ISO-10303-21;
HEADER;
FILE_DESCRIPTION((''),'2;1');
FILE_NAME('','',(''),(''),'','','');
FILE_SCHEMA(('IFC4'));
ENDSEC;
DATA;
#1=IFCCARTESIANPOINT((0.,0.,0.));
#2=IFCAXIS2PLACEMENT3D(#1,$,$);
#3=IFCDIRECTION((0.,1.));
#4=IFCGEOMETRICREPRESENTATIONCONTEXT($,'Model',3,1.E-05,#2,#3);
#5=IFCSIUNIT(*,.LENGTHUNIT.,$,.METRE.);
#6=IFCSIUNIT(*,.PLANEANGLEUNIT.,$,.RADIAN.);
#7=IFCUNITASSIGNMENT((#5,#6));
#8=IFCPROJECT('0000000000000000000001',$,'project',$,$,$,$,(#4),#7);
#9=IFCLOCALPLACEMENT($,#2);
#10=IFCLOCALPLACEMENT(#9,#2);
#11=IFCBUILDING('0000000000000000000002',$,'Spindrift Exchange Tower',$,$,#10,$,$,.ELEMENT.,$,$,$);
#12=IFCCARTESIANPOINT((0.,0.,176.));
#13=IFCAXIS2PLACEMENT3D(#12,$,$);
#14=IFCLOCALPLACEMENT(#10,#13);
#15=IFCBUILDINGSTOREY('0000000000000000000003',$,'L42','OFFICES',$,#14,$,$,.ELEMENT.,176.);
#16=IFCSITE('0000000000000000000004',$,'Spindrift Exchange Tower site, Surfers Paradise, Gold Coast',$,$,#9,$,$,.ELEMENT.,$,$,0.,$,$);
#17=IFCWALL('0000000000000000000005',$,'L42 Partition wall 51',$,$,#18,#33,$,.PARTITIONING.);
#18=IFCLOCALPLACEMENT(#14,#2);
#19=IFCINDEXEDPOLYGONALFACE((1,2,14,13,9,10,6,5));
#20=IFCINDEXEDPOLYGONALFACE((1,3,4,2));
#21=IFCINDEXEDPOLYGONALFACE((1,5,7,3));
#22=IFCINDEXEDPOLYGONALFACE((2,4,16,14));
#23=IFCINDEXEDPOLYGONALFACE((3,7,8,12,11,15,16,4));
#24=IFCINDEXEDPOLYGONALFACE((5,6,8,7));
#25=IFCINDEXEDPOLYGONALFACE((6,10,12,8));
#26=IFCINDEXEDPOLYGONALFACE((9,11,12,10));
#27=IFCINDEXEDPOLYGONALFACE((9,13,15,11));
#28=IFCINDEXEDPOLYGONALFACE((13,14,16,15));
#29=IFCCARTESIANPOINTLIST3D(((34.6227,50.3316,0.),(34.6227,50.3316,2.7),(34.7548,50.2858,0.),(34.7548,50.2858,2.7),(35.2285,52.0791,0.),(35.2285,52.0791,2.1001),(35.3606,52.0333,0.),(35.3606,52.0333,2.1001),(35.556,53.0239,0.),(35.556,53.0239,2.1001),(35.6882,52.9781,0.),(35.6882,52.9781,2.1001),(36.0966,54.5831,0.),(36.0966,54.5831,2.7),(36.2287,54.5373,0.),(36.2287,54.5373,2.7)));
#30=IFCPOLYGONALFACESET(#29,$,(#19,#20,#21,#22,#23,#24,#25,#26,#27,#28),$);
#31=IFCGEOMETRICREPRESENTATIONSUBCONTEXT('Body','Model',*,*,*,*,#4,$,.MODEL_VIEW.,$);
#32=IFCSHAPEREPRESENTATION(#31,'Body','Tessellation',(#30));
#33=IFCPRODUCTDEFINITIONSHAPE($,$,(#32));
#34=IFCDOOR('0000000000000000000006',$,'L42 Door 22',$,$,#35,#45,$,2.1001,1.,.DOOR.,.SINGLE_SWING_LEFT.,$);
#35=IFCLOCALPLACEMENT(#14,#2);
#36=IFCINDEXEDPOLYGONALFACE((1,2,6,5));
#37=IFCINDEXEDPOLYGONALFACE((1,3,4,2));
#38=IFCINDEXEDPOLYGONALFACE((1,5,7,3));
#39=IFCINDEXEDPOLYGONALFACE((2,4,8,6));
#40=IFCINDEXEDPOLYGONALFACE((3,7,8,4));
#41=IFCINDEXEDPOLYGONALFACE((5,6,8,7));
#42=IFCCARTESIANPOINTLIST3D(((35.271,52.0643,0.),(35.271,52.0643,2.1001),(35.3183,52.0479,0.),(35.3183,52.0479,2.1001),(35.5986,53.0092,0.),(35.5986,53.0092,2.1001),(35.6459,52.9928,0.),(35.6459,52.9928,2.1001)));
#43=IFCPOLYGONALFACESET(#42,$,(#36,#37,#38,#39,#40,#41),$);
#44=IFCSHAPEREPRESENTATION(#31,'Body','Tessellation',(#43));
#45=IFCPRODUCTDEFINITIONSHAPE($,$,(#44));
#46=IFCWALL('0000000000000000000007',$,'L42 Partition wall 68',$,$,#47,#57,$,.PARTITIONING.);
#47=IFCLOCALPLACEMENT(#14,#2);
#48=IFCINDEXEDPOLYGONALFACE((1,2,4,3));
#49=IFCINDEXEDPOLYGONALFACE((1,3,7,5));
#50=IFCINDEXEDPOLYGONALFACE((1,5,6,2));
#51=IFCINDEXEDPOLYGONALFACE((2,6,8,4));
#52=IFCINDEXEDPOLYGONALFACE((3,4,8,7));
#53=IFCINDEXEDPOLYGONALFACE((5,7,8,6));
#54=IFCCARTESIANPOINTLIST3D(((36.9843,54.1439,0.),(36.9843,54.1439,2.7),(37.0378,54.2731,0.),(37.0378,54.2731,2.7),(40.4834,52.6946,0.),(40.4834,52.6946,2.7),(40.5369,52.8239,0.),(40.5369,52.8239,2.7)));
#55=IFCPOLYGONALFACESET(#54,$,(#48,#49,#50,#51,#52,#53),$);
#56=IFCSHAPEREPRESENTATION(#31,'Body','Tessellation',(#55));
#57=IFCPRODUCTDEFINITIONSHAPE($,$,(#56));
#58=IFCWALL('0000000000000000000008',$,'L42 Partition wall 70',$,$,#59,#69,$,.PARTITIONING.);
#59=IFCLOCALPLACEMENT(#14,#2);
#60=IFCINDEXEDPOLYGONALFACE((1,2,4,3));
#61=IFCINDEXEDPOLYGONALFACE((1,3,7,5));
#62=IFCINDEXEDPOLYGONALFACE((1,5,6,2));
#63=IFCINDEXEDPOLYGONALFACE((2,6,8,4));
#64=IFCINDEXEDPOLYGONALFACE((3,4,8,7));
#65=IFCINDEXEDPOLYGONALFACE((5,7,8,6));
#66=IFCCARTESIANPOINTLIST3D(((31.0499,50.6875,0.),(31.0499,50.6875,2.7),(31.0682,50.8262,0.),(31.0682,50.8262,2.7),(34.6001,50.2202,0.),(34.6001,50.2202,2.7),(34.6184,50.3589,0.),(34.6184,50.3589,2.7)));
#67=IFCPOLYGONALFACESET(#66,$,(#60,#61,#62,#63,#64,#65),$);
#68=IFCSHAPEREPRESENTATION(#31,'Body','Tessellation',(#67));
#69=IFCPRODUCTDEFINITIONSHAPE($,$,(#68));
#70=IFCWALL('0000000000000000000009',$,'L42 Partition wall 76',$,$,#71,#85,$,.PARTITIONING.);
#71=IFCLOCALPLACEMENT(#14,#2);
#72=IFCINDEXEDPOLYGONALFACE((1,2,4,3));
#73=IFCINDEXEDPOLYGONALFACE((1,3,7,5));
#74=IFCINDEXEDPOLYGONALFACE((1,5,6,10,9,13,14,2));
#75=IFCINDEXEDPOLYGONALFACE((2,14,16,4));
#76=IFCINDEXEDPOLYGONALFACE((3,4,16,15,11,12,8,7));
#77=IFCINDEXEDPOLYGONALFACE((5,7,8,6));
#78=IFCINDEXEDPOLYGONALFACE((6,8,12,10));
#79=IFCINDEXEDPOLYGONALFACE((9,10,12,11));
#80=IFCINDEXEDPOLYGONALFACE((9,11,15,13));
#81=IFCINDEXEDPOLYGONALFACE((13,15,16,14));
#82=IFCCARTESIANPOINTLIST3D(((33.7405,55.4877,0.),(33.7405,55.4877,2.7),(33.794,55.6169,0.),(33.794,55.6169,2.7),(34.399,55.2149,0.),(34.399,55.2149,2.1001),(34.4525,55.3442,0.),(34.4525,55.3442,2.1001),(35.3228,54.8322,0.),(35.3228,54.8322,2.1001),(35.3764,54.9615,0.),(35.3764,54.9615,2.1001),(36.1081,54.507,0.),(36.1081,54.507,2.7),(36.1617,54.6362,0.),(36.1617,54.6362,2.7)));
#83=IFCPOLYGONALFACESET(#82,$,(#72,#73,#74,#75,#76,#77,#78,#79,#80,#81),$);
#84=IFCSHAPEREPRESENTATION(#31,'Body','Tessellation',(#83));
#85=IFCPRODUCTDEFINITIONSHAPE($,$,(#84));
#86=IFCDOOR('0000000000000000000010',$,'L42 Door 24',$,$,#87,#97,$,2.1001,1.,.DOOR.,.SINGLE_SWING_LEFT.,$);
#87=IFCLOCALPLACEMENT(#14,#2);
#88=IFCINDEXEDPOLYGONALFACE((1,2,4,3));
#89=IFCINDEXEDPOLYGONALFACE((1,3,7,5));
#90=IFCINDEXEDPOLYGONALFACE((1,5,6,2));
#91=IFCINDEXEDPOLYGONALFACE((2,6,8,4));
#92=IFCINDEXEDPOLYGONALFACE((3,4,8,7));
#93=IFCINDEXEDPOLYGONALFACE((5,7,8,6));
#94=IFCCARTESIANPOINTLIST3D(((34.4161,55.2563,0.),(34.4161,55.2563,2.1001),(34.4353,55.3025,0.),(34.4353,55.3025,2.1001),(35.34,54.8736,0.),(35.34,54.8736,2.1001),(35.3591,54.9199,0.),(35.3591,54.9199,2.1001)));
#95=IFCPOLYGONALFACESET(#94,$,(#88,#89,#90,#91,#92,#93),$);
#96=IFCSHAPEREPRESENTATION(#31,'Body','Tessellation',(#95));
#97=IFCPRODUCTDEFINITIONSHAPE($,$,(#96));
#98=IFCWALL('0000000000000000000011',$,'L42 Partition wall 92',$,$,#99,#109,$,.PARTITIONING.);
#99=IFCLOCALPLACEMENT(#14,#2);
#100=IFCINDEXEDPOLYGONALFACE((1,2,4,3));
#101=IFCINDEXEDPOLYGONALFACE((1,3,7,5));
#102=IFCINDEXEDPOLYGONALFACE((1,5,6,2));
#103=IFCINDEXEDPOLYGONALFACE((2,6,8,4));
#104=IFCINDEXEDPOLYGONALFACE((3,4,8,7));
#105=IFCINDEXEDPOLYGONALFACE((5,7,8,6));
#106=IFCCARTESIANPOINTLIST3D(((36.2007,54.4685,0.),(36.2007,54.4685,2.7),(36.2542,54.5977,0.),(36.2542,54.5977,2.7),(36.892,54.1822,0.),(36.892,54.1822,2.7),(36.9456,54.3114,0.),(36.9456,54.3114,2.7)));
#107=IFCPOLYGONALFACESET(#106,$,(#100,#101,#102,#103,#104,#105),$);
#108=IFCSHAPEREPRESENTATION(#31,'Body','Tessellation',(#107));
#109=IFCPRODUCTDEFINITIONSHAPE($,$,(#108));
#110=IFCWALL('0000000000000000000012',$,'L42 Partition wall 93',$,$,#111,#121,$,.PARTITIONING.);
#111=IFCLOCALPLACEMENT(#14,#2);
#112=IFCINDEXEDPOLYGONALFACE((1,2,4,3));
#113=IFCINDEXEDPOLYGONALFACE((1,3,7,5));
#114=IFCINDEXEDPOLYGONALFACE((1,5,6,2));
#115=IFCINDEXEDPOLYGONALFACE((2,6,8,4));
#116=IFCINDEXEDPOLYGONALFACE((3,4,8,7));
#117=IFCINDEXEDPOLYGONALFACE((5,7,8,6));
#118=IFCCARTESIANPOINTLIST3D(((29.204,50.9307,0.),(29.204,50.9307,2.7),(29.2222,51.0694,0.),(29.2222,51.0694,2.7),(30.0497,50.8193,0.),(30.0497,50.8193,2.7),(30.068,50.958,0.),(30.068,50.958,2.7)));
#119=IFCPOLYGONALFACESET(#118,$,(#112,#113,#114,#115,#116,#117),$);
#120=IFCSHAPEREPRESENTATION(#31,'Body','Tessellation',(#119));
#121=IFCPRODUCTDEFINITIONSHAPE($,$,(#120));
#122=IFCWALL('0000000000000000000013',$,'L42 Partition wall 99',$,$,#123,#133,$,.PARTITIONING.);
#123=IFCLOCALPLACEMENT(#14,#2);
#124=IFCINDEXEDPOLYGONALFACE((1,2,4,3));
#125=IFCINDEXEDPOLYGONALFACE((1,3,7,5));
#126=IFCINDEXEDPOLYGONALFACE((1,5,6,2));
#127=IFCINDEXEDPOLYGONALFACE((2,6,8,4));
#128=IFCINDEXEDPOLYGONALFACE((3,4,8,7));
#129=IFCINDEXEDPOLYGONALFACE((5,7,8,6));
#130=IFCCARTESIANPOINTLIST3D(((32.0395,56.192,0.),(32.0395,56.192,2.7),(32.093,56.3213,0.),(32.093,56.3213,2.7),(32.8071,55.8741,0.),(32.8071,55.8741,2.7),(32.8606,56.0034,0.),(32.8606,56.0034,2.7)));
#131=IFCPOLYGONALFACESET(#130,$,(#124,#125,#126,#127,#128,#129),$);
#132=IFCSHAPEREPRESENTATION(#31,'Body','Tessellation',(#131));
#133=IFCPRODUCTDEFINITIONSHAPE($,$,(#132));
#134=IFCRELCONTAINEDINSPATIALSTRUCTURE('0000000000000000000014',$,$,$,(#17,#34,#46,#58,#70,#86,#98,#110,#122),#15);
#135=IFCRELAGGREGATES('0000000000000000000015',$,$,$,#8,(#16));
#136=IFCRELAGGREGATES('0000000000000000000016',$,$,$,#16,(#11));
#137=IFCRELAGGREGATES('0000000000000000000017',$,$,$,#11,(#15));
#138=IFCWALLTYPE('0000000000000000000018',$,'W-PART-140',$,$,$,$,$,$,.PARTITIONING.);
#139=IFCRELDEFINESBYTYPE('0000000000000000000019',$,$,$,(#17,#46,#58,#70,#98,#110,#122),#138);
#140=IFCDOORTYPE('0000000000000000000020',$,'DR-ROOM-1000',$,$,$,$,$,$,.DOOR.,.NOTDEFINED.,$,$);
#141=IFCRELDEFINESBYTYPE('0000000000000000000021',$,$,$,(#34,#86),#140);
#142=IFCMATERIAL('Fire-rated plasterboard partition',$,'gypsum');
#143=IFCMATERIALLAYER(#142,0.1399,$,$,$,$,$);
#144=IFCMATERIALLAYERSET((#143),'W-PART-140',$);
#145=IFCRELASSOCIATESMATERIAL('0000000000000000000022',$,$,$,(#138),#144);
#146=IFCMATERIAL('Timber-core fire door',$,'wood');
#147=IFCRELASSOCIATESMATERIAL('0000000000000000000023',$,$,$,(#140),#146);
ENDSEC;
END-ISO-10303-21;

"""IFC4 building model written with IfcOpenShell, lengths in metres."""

from ifc_helpers import new_model, si_unit, direction, frame, frame_2d, origin, place, context, subcontext, project, spatial, rectangle, extrude, source, transform, mapped, material, layer, layer_set, type_object, element, fill, save


model = new_model("IFC4")

# Units and contexts
model_context = context("Model", 3, precision=1e-05, world=origin(), true_north=direction((0.0, 1.0)))
body_context = subcontext(model_context, "Body", "Model", "MODEL_VIEW")
ifc_project = project(units=[si_unit("LENGTHUNIT", "METRE"), si_unit("PLANEANGLEUNIT", "RADIAN")], contexts=[model_context])

# Site, building, storey
site_placement = place(None, origin())
site = spatial("IfcSite", under=ifc_project, at=site_placement, Name="Spindrift Exchange Tower site, Surfers Paradise, Gold Coast", CompositionType="ELEMENT", RefElevation=0.0)
building_placement = place(site_placement, origin())
building = spatial("IfcBuilding", under=site, at=building_placement, Name="Spindrift Exchange Tower", CompositionType="ELEMENT")
storey_placement = place(building_placement, frame((0.0, 0.0, 176.0)))
storey = spatial("IfcBuildingStorey", under=building, at=storey_placement, Name="L42", Description="OFFICES", CompositionType="ELEMENT", Elevation=176.0)

# Wall, opening, door
ifc_material_1 = material(Name="Fire-rated plasterboard partition", Category="gypsum")
ifc_layer_1 = layer(ifc_material_1, 0.1399)
ifc_layer_set_1 = layer_set([ifc_layer_1], Name="W-PART-140")
wall_type = type_object("IfcWallType", Name="W-PART-140", PredefinedType="PARTITIONING", material=ifc_layer_set_1)
wall_1_placement = place(storey_placement, frame((34.6887, 50.3086, 0.0), z_axis=(0.0, 0.0, 1.0), x_axis=(0.32755, 0.944834, 0.0)))
wall_1 = element("IfcWall", 1, at=wall_1_placement, inside=storey, type_object=wall_type, Name="L42 Partition wall 51", PredefinedType="PARTITIONING", context=body_context, shape_type="SweptSolid", body=[
    extrude(rectangle(XDim=4.4998, YDim=0.1399, at=frame_2d((2.25, 0.0))), origin(), (0.0, 0.0, 1.0), 2.7),
])
opening_1_placement = place(wall_1_placement, frame((1.8496, 0.0, 0.0)))
opening_1 = element("IfcOpeningElement", 2, at=opening_1_placement, cuts=wall_1, PredefinedType="OPENING", context=body_context, shape_type="SweptSolid", body=[
    extrude(rectangle(XDim=1.0, YDim=2.1001, at=frame_2d((0.5, 1.05))), frame((0.0, 0.0798, 0.0), z_axis=(0.0, -1.0, 0.0), x_axis=(1.0, 0.0, 0.0)), (0.0, 0.0, 1.0), 0.1599),
])
ifc_material_2 = material(Name="Timber-core fire door", Category="wood")
door_type = type_object("IfcDoorType", Name="DR-ROOM-1000", OperationType="NOTDEFINED", PredefinedType="DOOR", material=ifc_material_2)
shared_shape_1 = source(origin(), body_context, "Body", "SweptSolid", [
    extrude(rectangle(XDim=1.0, YDim=2.1001, at=frame_2d((0.5, 1.05))), frame((0.0, 0.0249, 0.0), z_axis=(0.0, -1.0, 0.0), x_axis=(1.0, 0.0, 0.0)), (0.0, 0.0, 1.0), 0.05),
])
door_1_placement = place(opening_1_placement, origin())
door_1 = element("IfcDoor", 3, at=door_1_placement, inside=storey, type_object=door_type, Name="L42 Door 22", OperationType="SINGLE_SWING_LEFT", OverallHeight=2.1001, OverallWidth=1.0, PredefinedType="DOOR", context=body_context, shape_type="MappedRepresentation", body=[
    mapped(shared_shape_1, transform((0.0, 0.0, 0.0), scale=1.0)),
])
fill(opening_1, door_1)

# Walls
wall_2_placement = place(storey_placement, frame((40.51, 52.7593, 0.0), z_axis=(0.0, 0.0, 1.0), x_axis=(-0.923891, 0.382655, 0.0)))
element("IfcWall", 4, at=wall_2_placement, inside=storey, type_object=wall_type, Name="L42 Partition wall 68", PredefinedType="PARTITIONING", context=body_context, shape_type="SweptSolid", body=[
    extrude(rectangle(XDim=3.7874, YDim=0.1399, at=frame_2d((1.8936, 0.0))), origin(), (0.0, 0.0, 1.0), 2.7),
])
wall_3_placement = place(storey_placement, frame((34.6094, 50.2896, 0.0), z_axis=(0.0, 0.0, 1.0), x_axis=(-0.991449, 0.130493, 0.0)))
element("IfcWall", 5, at=wall_3_placement, inside=storey, type_object=wall_type, Name="L42 Partition wall 70", PredefinedType="PARTITIONING", context=body_context, shape_type="SweptSolid", body=[
    extrude(rectangle(XDim=3.5808, YDim=0.1399, at=frame_2d((1.7905, 0.0))), origin(), (0.0, 0.0, 1.0), 2.7),
])

# Wall, opening, door
wall_4_placement = place(storey_placement, frame((33.7673, 55.5522, 0.0), z_axis=(0.0, 0.0, 1.0), x_axis=(0.923881, -0.38268, 0.0)))
wall_4 = element("IfcWall", 6, at=wall_4_placement, inside=storey, type_object=wall_type, Name="L42 Partition wall 76", PredefinedType="PARTITIONING", context=body_context, shape_type="SweptSolid", body=[
    extrude(rectangle(XDim=2.5627, YDim=0.1399, at=frame_2d((1.2812, 0.0))), origin(), (0.0, 0.0, 1.0), 2.7),
])
opening_2_placement = place(wall_4_placement, frame((0.7126, 0.0, 0.0)))
opening_2 = element("IfcOpeningElement", 7, at=opening_2_placement, cuts=wall_4, PredefinedType="OPENING", context=body_context, shape_type="SweptSolid", body=[
    extrude(rectangle(XDim=1.0, YDim=2.1001, at=frame_2d((0.5, 1.05))), frame((0.0, 0.0798, 0.0), z_axis=(0.0, -1.0, 0.0), x_axis=(1.0, 0.0, 0.0)), (0.0, 0.0, 1.0), 0.1599),
])
door_2_placement = place(opening_2_placement, origin())
door_2 = element("IfcDoor", 8, at=door_2_placement, inside=storey, type_object=door_type, Name="L42 Door 24", OperationType="SINGLE_SWING_LEFT", OverallHeight=2.1001, OverallWidth=1.0, PredefinedType="DOOR", context=body_context, shape_type="MappedRepresentation", body=[
    mapped(shared_shape_1, transform((0.0, 0.0, 0.0), scale=1.0)),
])
fill(opening_2, door_2)

# Walls
wall_5_placement = place(storey_placement, frame((36.9187, 54.2468, 0.0), z_axis=(0.0, 0.0, 1.0), x_axis=(-0.923886, 0.382669, 0.0)))
element("IfcWall", 9, at=wall_5_placement, inside=storey, type_object=wall_type, Name="L42 Partition wall 92", PredefinedType="PARTITIONING", context=body_context, shape_type="SweptSolid", body=[
    extrude(rectangle(XDim=0.7483, YDim=0.1399, at=frame_2d((0.374, 0.0))), origin(), (0.0, 0.0, 1.0), 2.7),
])
wall_6_placement = place(storey_placement, frame((30.0588, 50.8887, 0.0), z_axis=(0.0, 0.0, 1.0), x_axis=(-0.991447, 0.130514, 0.0)))
element("IfcWall", 10, at=wall_6_placement, inside=storey, type_object=wall_type, Name="L42 Partition wall 93", PredefinedType="PARTITIONING", context=body_context, shape_type="SweptSolid", body=[
    extrude(rectangle(XDim=0.853, YDim=0.1399, at=frame_2d((0.4265, 0.0))), origin(), (0.0, 0.0, 1.0), 2.7),
])
wall_7_placement = place(storey_placement, frame((32.834, 55.9387, 0.0), z_axis=(0.0, 0.0, 1.0), x_axis=(-0.923909, 0.382611, 0.0)))
element("IfcWall", 11, at=wall_7_placement, inside=storey, type_object=wall_type, Name="L42 Partition wall 99", PredefinedType="PARTITIONING", context=body_context, shape_type="SweptSolid", body=[
    extrude(rectangle(XDim=0.8308, YDim=0.1399, at=frame_2d((0.4155, 0.0))), origin(), (0.0, 0.0, 1.0), 2.7),
])

save(model, "model.ifc")
